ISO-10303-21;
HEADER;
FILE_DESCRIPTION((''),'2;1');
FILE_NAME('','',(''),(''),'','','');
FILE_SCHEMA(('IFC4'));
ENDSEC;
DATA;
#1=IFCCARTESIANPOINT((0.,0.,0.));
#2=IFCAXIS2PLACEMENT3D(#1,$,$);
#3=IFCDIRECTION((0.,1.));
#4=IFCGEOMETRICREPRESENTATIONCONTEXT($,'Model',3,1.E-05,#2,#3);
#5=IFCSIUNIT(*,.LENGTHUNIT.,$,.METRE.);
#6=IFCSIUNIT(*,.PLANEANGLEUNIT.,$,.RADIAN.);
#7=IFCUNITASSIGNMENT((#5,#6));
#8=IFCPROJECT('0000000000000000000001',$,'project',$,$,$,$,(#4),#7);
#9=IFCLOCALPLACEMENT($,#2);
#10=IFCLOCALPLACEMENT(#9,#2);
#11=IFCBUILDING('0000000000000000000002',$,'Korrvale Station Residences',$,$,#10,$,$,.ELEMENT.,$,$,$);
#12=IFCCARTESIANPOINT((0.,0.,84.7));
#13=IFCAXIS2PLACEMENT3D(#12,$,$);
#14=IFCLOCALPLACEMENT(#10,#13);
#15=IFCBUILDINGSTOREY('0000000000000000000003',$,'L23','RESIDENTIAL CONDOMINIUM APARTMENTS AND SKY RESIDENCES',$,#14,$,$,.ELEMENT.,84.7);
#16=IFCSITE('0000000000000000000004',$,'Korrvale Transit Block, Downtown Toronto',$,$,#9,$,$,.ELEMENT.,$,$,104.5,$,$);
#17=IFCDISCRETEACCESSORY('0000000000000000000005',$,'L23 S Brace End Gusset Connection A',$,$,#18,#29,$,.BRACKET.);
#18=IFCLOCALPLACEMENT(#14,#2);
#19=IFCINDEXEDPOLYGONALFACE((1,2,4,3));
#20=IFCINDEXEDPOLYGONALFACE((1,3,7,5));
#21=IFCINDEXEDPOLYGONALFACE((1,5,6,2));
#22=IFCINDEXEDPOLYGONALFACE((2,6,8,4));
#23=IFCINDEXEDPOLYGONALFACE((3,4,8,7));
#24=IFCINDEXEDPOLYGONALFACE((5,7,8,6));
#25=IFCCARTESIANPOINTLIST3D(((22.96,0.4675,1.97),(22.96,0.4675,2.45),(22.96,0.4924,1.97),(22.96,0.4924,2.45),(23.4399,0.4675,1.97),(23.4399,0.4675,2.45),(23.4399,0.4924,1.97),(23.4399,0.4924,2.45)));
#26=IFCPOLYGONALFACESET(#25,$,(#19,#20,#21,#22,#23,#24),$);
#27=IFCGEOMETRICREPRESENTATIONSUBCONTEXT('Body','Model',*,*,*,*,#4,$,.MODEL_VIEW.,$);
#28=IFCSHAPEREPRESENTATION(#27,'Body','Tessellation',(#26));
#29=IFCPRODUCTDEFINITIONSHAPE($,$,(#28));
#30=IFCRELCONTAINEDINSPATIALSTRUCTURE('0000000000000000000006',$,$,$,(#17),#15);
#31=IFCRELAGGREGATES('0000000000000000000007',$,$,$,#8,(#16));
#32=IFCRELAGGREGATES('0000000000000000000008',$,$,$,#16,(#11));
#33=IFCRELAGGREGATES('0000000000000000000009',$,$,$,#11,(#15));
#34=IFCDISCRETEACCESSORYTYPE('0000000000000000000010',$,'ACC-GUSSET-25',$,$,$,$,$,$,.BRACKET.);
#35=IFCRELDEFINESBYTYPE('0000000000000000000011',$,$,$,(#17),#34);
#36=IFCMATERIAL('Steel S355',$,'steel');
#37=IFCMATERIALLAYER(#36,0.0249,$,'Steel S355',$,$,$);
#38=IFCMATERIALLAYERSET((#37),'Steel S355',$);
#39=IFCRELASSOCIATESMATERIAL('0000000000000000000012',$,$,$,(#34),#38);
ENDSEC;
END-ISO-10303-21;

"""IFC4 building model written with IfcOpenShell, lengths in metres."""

from ifc_helpers import new_model, si_unit, direction, frame, origin, origin_2d, place, context, subcontext, project, spatial, rectangle, extrude, material, layer, layer_set, type_object, element, save


model = new_model("IFC4")

# Units and contexts
model_context = context("Model", 3, precision=1e-05, world=origin(), true_north=direction((0.0, 1.0)))
body_context = subcontext(model_context, "Body", "Model", "MODEL_VIEW")
ifc_project = project(units=[si_unit("LENGTHUNIT", "METRE"), si_unit("PLANEANGLEUNIT", "RADIAN")], contexts=[model_context])

# Site, building, storey
site_placement = place(None, origin())
site = spatial("IfcSite", under=ifc_project, at=site_placement, Name="Korrvale Transit Block, Downtown Toronto", CompositionType="ELEMENT", RefElevation=104.5)
building_placement = place(site_placement, origin())
building = spatial("IfcBuilding", under=site, at=building_placement, Name="Korrvale Station Residences", CompositionType="ELEMENT")
storey_placement = place(building_placement, frame((0.0, 0.0, 84.7)))
storey = spatial("IfcBuildingStorey", under=building, at=storey_placement, Name="L23", Description="RESIDENTIAL CONDOMINIUM APARTMENTS AND SKY RESIDENCES", CompositionType="ELEMENT", Elevation=84.7)

# Shared definitions
ifc_material_1 = material(Name="Steel S355", Category="steel")

# Discrete accessory
ifc_layer_1 = layer(ifc_material_1, 0.0249, Name="Steel S355")
ifc_layer_set_1 = layer_set([ifc_layer_1], Name="Steel S355")
discrete_accessory_type = type_object("IfcDiscreteAccessoryType", Name="ACC-GUSSET-25", PredefinedType="BRACKET", material=ifc_layer_set_1)
discrete_accessory_placement = place(storey_placement, frame((23.2, 0.48, 1.97), z_axis=(0.0, 0.0, 1.0), x_axis=(1.0, 0.0, 0.0)))
element("IfcDiscreteAccessory", 1, at=discrete_accessory_placement, inside=storey, type_object=discrete_accessory_type, Name="L23 S Brace End Gusset Connection A", PredefinedType="BRACKET", context=body_context, shape_type="SweptSolid", body=[
    extrude(rectangle(XDim=0.48, YDim=0.0249, at=origin_2d()), origin(), (0.0, 0.0, 1.0), 0.48),
])

save(model, "model.ifc")
